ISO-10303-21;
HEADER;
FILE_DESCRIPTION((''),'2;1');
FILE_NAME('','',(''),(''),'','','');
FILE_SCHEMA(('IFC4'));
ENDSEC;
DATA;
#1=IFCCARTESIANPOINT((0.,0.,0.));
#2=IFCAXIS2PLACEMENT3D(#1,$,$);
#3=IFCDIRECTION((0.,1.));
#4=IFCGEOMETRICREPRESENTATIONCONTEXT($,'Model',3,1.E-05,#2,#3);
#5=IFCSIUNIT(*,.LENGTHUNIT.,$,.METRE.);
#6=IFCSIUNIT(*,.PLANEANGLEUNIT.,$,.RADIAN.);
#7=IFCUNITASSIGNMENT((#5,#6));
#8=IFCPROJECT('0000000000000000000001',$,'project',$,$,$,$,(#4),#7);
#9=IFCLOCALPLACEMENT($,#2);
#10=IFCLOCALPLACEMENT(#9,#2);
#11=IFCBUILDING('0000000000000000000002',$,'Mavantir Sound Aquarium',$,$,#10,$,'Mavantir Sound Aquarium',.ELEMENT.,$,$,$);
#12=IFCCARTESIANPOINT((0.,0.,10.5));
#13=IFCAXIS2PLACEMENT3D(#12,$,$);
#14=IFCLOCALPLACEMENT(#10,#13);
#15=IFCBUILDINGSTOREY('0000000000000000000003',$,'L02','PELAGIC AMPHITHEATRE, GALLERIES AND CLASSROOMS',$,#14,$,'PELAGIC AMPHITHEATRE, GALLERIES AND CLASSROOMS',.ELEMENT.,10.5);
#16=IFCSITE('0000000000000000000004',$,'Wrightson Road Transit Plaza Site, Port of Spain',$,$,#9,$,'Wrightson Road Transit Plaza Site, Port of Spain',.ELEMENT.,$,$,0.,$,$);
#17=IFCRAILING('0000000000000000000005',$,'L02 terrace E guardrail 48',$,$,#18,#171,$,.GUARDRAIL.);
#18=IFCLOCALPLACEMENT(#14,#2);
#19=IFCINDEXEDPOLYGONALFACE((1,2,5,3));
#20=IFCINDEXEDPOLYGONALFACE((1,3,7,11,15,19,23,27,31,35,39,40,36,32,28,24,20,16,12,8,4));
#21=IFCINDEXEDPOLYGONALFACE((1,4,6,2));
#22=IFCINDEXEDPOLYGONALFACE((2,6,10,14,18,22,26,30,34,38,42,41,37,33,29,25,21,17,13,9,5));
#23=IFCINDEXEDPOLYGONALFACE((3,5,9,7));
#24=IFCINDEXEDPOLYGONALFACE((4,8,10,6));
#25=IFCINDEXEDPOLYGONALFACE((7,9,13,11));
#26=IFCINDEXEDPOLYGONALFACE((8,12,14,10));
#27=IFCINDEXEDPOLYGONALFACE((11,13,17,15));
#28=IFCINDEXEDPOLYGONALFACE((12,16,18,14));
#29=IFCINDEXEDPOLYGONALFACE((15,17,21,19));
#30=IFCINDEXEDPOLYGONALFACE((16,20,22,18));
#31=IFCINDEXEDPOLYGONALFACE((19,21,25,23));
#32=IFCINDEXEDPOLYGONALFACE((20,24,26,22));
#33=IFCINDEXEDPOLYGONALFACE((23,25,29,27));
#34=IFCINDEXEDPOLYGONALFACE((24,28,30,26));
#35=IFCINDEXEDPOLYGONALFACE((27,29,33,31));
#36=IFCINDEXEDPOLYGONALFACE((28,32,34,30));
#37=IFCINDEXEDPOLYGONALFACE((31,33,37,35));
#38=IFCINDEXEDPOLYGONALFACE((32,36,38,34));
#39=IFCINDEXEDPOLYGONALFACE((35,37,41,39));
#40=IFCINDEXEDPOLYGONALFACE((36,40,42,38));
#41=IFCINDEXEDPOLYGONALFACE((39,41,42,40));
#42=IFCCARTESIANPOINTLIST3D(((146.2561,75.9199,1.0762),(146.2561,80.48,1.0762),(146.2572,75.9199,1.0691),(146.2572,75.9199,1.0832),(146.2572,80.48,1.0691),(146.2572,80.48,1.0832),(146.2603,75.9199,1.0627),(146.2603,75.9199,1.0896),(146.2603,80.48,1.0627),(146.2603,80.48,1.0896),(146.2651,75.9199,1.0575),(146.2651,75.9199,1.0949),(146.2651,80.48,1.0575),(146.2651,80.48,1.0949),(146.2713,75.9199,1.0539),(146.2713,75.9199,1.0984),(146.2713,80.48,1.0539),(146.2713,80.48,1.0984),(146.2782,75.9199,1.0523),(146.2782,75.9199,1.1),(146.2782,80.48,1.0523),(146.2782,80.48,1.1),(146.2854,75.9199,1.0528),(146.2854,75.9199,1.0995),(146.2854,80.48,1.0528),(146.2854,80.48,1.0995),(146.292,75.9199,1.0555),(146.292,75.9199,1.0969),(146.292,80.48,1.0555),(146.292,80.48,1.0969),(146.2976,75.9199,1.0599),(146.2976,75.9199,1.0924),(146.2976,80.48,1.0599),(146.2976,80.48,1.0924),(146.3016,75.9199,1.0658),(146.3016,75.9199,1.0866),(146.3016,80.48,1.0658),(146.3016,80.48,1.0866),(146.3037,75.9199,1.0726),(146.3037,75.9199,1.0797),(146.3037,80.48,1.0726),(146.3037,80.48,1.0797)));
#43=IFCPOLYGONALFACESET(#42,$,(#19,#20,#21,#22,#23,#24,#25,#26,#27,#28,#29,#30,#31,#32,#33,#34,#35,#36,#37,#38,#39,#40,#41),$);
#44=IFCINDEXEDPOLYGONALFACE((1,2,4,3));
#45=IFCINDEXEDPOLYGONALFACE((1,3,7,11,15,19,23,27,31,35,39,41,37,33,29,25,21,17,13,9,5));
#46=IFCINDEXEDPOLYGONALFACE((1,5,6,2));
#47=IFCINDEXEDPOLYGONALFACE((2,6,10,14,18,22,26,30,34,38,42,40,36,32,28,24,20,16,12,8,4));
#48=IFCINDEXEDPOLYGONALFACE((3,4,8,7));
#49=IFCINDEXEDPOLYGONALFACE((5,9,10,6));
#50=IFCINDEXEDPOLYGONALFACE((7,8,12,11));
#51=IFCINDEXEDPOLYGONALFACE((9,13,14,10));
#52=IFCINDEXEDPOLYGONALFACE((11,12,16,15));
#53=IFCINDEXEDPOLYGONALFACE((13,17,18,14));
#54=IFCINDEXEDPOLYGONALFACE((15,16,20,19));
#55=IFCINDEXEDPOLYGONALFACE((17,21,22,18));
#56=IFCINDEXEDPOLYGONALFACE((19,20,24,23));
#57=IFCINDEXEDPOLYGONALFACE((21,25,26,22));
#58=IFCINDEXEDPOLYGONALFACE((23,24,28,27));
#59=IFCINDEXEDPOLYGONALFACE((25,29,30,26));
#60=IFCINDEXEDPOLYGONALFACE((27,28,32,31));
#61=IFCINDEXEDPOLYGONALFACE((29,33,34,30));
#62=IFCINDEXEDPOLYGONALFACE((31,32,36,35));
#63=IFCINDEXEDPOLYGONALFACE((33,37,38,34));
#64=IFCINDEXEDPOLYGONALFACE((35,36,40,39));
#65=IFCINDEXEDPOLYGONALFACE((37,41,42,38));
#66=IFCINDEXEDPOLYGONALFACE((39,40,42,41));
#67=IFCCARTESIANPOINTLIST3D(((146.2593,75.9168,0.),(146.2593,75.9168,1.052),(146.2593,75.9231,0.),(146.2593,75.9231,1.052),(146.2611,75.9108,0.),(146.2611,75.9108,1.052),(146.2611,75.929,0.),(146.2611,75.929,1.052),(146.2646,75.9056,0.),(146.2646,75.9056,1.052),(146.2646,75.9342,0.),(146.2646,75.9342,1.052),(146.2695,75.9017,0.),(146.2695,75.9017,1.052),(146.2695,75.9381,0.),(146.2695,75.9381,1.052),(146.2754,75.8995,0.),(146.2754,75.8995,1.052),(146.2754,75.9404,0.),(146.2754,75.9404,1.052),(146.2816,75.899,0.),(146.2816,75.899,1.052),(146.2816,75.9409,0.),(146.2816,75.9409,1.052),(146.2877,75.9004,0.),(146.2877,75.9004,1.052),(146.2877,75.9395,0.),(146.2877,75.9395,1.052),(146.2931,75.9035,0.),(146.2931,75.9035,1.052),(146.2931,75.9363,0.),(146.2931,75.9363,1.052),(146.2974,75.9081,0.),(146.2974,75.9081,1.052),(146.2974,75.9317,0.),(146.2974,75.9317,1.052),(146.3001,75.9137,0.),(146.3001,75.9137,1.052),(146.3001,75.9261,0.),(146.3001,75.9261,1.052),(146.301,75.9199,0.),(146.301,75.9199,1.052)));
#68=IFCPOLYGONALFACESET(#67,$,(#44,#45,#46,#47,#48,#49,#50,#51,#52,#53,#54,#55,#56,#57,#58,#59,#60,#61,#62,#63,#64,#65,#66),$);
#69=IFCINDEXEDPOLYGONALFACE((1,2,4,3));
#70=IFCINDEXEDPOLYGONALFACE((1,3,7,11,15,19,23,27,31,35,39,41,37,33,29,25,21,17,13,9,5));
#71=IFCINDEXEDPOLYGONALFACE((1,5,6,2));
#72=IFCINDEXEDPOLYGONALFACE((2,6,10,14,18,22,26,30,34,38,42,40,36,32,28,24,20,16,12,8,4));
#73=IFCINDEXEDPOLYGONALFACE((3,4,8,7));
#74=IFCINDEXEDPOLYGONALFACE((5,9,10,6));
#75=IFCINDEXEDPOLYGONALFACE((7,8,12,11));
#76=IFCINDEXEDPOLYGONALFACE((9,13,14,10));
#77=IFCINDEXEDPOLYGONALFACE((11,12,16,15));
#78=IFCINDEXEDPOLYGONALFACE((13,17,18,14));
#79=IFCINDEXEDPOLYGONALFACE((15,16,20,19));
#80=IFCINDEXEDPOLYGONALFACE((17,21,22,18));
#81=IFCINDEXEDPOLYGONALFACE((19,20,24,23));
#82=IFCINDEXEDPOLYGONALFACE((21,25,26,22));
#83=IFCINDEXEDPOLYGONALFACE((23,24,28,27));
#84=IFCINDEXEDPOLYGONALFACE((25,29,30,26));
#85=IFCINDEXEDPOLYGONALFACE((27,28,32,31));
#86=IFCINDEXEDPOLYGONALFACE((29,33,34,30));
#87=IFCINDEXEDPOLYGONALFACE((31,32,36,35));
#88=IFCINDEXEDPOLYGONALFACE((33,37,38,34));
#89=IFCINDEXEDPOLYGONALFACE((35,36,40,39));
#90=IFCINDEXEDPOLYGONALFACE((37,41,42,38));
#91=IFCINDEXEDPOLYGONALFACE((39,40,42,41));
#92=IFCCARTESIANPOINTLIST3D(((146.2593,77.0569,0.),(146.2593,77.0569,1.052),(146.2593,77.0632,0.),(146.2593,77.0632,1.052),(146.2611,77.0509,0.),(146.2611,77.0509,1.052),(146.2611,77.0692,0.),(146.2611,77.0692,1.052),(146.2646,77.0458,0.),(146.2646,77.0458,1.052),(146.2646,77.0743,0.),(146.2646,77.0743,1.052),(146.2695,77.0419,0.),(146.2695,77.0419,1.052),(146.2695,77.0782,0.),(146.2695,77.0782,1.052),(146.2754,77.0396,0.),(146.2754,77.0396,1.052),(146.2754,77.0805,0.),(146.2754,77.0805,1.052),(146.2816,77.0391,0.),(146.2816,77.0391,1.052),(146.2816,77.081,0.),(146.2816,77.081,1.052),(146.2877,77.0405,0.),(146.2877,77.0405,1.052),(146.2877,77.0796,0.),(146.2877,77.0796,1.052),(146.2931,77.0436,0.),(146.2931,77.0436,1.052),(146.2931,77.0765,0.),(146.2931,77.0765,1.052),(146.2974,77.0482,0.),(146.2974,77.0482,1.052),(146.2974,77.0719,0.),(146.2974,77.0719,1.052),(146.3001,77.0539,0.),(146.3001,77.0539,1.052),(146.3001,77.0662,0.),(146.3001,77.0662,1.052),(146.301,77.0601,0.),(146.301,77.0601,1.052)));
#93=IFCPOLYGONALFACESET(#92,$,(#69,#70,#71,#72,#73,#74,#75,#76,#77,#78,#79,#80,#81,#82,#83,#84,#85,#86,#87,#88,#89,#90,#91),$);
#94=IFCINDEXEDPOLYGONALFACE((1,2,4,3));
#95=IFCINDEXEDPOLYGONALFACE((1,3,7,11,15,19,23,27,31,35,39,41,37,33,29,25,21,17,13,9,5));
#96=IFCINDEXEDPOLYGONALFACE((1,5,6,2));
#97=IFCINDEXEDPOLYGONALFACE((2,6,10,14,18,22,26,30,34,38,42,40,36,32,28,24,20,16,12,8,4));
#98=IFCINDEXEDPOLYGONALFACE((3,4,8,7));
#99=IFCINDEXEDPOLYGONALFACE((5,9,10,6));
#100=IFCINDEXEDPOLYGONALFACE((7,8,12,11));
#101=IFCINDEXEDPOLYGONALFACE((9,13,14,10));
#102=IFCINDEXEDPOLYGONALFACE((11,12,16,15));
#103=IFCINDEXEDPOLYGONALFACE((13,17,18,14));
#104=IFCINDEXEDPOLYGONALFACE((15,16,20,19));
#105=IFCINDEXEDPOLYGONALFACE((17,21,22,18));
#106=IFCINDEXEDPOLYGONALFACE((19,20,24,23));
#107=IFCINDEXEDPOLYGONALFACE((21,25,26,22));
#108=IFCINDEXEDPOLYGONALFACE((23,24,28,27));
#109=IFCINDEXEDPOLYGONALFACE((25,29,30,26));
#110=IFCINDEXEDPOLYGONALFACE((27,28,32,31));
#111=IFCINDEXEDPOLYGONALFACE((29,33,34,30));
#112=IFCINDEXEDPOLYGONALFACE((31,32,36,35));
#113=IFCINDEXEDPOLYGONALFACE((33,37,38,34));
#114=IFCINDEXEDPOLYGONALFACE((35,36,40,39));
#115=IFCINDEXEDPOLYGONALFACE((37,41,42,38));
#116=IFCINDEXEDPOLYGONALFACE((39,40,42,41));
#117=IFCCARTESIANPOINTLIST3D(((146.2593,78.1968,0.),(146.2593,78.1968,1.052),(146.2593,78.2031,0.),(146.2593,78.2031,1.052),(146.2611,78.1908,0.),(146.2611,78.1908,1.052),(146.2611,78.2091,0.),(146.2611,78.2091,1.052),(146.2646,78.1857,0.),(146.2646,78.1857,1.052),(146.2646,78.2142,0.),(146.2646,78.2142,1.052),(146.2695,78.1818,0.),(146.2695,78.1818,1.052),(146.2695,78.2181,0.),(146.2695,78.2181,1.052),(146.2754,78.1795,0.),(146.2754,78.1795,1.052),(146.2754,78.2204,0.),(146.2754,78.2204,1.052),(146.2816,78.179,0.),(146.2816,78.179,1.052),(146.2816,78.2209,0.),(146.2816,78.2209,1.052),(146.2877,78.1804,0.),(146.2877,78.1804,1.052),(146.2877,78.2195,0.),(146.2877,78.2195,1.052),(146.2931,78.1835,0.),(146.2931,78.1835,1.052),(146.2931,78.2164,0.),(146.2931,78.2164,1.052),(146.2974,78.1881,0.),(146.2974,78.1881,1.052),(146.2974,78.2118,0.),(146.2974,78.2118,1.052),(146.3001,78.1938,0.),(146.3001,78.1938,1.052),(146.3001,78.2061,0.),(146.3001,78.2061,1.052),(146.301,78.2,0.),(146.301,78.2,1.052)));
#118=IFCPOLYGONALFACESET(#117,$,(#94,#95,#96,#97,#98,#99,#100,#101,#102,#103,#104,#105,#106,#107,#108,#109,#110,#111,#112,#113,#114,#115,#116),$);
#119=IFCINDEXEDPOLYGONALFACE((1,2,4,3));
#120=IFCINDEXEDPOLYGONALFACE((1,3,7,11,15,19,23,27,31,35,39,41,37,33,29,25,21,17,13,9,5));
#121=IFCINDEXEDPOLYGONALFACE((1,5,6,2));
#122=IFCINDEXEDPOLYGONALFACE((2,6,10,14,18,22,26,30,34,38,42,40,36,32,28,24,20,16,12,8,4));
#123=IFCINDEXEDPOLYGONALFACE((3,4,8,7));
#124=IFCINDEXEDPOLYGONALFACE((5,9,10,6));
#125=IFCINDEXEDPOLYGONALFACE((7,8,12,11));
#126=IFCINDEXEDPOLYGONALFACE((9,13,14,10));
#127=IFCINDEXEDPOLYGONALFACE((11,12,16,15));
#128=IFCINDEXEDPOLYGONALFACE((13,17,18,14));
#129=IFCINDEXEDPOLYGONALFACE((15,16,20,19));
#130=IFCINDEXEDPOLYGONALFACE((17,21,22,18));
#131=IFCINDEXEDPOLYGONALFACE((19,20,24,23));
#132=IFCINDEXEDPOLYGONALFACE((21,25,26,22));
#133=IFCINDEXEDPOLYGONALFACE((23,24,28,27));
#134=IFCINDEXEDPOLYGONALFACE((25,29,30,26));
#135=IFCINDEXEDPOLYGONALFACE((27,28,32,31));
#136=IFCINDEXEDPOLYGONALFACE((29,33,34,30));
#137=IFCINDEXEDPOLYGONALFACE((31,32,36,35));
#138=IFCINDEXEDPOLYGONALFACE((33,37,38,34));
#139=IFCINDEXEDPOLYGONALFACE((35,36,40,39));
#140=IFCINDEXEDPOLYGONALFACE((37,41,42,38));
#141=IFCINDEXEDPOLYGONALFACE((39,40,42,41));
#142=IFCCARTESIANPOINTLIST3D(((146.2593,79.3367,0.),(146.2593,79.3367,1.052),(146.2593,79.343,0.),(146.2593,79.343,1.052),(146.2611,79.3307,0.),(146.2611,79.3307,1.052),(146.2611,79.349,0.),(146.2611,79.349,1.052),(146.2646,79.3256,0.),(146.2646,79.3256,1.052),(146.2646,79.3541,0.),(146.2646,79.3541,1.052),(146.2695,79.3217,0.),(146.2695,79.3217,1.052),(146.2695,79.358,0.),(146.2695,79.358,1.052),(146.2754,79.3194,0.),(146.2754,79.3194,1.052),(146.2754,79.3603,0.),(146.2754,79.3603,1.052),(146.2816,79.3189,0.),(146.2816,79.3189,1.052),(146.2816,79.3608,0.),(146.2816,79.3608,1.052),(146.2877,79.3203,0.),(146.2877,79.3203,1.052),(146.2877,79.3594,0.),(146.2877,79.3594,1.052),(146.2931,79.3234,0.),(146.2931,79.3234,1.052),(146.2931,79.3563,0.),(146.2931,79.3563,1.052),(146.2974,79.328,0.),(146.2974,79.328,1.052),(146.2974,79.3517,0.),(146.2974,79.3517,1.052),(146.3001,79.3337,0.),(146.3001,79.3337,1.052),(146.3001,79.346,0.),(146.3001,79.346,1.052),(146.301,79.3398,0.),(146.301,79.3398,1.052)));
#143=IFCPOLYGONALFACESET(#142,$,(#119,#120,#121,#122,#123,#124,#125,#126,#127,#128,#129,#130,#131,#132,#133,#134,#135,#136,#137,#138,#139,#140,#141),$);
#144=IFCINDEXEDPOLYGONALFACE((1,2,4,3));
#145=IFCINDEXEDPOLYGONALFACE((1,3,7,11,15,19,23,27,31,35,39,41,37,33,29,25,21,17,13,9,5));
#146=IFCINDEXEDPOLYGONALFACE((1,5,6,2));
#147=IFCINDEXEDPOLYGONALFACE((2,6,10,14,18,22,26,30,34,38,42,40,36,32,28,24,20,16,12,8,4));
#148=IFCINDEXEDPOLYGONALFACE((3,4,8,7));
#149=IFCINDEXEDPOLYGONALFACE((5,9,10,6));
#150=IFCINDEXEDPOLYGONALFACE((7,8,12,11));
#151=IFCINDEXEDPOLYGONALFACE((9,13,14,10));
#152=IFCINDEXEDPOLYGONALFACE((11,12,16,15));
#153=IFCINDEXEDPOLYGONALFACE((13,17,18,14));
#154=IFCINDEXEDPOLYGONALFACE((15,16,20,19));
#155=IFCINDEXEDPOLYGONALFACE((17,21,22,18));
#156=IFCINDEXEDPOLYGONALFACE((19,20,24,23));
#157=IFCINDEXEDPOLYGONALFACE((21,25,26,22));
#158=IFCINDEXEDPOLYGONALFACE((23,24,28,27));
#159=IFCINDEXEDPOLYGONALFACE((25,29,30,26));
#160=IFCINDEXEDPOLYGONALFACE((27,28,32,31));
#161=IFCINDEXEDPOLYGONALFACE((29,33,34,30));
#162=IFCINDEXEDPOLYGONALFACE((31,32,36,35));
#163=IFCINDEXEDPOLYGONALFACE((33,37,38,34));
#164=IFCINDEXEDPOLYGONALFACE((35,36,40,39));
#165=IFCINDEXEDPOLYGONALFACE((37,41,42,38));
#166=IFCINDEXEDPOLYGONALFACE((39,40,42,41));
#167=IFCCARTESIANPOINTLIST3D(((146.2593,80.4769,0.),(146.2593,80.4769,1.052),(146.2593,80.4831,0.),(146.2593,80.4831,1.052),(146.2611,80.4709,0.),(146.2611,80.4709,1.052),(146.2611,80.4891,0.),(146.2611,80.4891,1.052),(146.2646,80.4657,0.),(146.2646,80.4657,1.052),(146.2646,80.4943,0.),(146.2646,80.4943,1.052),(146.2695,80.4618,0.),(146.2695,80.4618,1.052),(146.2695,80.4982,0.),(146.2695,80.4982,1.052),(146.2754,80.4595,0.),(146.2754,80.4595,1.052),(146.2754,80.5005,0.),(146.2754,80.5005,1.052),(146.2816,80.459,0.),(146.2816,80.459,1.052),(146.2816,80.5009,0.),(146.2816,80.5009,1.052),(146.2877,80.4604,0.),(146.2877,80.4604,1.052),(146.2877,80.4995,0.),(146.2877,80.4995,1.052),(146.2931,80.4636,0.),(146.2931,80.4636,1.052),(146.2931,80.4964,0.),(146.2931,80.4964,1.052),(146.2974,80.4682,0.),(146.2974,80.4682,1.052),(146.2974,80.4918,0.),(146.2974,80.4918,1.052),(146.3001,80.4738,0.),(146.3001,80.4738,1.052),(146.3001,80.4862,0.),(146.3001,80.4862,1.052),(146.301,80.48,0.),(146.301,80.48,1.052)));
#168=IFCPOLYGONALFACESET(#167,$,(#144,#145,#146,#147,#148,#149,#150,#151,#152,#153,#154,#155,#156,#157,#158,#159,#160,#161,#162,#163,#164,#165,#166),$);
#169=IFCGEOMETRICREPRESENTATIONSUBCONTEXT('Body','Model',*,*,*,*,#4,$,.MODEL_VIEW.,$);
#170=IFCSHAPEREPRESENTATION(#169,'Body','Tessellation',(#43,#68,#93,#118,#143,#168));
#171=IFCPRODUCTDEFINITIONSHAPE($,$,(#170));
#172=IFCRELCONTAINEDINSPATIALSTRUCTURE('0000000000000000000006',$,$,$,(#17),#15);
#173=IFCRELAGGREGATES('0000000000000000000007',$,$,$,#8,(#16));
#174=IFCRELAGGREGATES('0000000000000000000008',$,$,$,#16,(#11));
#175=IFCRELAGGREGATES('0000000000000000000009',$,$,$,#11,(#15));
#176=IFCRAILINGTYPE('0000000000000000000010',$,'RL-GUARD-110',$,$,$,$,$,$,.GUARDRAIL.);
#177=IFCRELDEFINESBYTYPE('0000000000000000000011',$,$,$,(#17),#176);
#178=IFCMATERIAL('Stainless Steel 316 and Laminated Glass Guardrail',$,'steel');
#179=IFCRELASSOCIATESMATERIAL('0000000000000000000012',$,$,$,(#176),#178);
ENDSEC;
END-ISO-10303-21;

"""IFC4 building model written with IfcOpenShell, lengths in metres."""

from ifc_helpers import new_model, si_unit, direction, frame, origin, origin_2d, place, context, subcontext, project, spatial, circle, extrude, material, type_object, element, save


model = new_model("IFC4")

# Units and contexts
model_context = context("Model", 3, precision=1e-05, world=origin(), true_north=direction((0.0, 1.0)))
body_context = subcontext(model_context, "Body", "Model", "MODEL_VIEW")
ifc_project = project(units=[si_unit("LENGTHUNIT", "METRE"), si_unit("PLANEANGLEUNIT", "RADIAN")], contexts=[model_context])

# Site, building, storey
site_placement = place(None, origin())
site = spatial("IfcSite", under=ifc_project, at=site_placement, Name="Wrightson Road Transit Plaza Site, Port of Spain", LongName="Wrightson Road Transit Plaza Site, Port of Spain", CompositionType="ELEMENT", RefElevation=0.0)
building_placement = place(site_placement, origin())
building = spatial("IfcBuilding", under=site, at=building_placement, Name="Mavantir Sound Aquarium", LongName="Mavantir Sound Aquarium", CompositionType="ELEMENT")
storey_placement = place(building_placement, frame((0.0, 0.0, 10.5)))
storey = spatial("IfcBuildingStorey", under=building, at=storey_placement, Name="L02", Description="PELAGIC AMPHITHEATRE, GALLERIES AND CLASSROOMS", LongName="PELAGIC AMPHITHEATRE, GALLERIES AND CLASSROOMS", CompositionType="ELEMENT", Elevation=10.5)

# Railing
ifc_material_1 = material(Name="Stainless Steel 316 and Laminated Glass Guardrail", Category="steel")
railing_type = type_object("IfcRailingType", Name="RL-GUARD-110", PredefinedType="GUARDRAIL", material=ifc_material_1)
railing_1_placement = place(storey_placement, frame((146.28, 75.9199, 0.0)))
element("IfcRailing", 1, at=railing_1_placement, inside=storey, type_object=railing_type, Name="L02 terrace E guardrail 48", PredefinedType="GUARDRAIL", context=body_context, shape_type="SweptSolid", body=[
    extrude(circle(Radius=0.0239, at=origin_2d()), frame((0.0, 0.0, 1.0762), z_axis=(0.0, 1.0, 0.0), x_axis=(-1.0, 0.0, 0.0)), (0.0, 0.0, 1.0), 4.5601),
    extrude(circle(Radius=0.021, at=origin_2d()), origin(), (0.0, 0.0, 1.0), 1.052),
    extrude(circle(Radius=0.021, at=origin_2d()), frame((0.0, 1.1401, 0.0)), (0.0, 0.0, 1.0), 1.052),
    extrude(circle(Radius=0.021, at=origin_2d()), frame((0.0, 2.28, 0.0)), (0.0, 0.0, 1.0), 1.052),
    extrude(circle(Radius=0.021, at=origin_2d()), frame((0.0, 3.4199, 0.0)), (0.0, 0.0, 1.0), 1.052),
    extrude(circle(Radius=0.021, at=origin_2d()), frame((0.0, 4.5601, 0.0)), (0.0, 0.0, 1.0), 1.052),
])

save(model, "model.ifc")
